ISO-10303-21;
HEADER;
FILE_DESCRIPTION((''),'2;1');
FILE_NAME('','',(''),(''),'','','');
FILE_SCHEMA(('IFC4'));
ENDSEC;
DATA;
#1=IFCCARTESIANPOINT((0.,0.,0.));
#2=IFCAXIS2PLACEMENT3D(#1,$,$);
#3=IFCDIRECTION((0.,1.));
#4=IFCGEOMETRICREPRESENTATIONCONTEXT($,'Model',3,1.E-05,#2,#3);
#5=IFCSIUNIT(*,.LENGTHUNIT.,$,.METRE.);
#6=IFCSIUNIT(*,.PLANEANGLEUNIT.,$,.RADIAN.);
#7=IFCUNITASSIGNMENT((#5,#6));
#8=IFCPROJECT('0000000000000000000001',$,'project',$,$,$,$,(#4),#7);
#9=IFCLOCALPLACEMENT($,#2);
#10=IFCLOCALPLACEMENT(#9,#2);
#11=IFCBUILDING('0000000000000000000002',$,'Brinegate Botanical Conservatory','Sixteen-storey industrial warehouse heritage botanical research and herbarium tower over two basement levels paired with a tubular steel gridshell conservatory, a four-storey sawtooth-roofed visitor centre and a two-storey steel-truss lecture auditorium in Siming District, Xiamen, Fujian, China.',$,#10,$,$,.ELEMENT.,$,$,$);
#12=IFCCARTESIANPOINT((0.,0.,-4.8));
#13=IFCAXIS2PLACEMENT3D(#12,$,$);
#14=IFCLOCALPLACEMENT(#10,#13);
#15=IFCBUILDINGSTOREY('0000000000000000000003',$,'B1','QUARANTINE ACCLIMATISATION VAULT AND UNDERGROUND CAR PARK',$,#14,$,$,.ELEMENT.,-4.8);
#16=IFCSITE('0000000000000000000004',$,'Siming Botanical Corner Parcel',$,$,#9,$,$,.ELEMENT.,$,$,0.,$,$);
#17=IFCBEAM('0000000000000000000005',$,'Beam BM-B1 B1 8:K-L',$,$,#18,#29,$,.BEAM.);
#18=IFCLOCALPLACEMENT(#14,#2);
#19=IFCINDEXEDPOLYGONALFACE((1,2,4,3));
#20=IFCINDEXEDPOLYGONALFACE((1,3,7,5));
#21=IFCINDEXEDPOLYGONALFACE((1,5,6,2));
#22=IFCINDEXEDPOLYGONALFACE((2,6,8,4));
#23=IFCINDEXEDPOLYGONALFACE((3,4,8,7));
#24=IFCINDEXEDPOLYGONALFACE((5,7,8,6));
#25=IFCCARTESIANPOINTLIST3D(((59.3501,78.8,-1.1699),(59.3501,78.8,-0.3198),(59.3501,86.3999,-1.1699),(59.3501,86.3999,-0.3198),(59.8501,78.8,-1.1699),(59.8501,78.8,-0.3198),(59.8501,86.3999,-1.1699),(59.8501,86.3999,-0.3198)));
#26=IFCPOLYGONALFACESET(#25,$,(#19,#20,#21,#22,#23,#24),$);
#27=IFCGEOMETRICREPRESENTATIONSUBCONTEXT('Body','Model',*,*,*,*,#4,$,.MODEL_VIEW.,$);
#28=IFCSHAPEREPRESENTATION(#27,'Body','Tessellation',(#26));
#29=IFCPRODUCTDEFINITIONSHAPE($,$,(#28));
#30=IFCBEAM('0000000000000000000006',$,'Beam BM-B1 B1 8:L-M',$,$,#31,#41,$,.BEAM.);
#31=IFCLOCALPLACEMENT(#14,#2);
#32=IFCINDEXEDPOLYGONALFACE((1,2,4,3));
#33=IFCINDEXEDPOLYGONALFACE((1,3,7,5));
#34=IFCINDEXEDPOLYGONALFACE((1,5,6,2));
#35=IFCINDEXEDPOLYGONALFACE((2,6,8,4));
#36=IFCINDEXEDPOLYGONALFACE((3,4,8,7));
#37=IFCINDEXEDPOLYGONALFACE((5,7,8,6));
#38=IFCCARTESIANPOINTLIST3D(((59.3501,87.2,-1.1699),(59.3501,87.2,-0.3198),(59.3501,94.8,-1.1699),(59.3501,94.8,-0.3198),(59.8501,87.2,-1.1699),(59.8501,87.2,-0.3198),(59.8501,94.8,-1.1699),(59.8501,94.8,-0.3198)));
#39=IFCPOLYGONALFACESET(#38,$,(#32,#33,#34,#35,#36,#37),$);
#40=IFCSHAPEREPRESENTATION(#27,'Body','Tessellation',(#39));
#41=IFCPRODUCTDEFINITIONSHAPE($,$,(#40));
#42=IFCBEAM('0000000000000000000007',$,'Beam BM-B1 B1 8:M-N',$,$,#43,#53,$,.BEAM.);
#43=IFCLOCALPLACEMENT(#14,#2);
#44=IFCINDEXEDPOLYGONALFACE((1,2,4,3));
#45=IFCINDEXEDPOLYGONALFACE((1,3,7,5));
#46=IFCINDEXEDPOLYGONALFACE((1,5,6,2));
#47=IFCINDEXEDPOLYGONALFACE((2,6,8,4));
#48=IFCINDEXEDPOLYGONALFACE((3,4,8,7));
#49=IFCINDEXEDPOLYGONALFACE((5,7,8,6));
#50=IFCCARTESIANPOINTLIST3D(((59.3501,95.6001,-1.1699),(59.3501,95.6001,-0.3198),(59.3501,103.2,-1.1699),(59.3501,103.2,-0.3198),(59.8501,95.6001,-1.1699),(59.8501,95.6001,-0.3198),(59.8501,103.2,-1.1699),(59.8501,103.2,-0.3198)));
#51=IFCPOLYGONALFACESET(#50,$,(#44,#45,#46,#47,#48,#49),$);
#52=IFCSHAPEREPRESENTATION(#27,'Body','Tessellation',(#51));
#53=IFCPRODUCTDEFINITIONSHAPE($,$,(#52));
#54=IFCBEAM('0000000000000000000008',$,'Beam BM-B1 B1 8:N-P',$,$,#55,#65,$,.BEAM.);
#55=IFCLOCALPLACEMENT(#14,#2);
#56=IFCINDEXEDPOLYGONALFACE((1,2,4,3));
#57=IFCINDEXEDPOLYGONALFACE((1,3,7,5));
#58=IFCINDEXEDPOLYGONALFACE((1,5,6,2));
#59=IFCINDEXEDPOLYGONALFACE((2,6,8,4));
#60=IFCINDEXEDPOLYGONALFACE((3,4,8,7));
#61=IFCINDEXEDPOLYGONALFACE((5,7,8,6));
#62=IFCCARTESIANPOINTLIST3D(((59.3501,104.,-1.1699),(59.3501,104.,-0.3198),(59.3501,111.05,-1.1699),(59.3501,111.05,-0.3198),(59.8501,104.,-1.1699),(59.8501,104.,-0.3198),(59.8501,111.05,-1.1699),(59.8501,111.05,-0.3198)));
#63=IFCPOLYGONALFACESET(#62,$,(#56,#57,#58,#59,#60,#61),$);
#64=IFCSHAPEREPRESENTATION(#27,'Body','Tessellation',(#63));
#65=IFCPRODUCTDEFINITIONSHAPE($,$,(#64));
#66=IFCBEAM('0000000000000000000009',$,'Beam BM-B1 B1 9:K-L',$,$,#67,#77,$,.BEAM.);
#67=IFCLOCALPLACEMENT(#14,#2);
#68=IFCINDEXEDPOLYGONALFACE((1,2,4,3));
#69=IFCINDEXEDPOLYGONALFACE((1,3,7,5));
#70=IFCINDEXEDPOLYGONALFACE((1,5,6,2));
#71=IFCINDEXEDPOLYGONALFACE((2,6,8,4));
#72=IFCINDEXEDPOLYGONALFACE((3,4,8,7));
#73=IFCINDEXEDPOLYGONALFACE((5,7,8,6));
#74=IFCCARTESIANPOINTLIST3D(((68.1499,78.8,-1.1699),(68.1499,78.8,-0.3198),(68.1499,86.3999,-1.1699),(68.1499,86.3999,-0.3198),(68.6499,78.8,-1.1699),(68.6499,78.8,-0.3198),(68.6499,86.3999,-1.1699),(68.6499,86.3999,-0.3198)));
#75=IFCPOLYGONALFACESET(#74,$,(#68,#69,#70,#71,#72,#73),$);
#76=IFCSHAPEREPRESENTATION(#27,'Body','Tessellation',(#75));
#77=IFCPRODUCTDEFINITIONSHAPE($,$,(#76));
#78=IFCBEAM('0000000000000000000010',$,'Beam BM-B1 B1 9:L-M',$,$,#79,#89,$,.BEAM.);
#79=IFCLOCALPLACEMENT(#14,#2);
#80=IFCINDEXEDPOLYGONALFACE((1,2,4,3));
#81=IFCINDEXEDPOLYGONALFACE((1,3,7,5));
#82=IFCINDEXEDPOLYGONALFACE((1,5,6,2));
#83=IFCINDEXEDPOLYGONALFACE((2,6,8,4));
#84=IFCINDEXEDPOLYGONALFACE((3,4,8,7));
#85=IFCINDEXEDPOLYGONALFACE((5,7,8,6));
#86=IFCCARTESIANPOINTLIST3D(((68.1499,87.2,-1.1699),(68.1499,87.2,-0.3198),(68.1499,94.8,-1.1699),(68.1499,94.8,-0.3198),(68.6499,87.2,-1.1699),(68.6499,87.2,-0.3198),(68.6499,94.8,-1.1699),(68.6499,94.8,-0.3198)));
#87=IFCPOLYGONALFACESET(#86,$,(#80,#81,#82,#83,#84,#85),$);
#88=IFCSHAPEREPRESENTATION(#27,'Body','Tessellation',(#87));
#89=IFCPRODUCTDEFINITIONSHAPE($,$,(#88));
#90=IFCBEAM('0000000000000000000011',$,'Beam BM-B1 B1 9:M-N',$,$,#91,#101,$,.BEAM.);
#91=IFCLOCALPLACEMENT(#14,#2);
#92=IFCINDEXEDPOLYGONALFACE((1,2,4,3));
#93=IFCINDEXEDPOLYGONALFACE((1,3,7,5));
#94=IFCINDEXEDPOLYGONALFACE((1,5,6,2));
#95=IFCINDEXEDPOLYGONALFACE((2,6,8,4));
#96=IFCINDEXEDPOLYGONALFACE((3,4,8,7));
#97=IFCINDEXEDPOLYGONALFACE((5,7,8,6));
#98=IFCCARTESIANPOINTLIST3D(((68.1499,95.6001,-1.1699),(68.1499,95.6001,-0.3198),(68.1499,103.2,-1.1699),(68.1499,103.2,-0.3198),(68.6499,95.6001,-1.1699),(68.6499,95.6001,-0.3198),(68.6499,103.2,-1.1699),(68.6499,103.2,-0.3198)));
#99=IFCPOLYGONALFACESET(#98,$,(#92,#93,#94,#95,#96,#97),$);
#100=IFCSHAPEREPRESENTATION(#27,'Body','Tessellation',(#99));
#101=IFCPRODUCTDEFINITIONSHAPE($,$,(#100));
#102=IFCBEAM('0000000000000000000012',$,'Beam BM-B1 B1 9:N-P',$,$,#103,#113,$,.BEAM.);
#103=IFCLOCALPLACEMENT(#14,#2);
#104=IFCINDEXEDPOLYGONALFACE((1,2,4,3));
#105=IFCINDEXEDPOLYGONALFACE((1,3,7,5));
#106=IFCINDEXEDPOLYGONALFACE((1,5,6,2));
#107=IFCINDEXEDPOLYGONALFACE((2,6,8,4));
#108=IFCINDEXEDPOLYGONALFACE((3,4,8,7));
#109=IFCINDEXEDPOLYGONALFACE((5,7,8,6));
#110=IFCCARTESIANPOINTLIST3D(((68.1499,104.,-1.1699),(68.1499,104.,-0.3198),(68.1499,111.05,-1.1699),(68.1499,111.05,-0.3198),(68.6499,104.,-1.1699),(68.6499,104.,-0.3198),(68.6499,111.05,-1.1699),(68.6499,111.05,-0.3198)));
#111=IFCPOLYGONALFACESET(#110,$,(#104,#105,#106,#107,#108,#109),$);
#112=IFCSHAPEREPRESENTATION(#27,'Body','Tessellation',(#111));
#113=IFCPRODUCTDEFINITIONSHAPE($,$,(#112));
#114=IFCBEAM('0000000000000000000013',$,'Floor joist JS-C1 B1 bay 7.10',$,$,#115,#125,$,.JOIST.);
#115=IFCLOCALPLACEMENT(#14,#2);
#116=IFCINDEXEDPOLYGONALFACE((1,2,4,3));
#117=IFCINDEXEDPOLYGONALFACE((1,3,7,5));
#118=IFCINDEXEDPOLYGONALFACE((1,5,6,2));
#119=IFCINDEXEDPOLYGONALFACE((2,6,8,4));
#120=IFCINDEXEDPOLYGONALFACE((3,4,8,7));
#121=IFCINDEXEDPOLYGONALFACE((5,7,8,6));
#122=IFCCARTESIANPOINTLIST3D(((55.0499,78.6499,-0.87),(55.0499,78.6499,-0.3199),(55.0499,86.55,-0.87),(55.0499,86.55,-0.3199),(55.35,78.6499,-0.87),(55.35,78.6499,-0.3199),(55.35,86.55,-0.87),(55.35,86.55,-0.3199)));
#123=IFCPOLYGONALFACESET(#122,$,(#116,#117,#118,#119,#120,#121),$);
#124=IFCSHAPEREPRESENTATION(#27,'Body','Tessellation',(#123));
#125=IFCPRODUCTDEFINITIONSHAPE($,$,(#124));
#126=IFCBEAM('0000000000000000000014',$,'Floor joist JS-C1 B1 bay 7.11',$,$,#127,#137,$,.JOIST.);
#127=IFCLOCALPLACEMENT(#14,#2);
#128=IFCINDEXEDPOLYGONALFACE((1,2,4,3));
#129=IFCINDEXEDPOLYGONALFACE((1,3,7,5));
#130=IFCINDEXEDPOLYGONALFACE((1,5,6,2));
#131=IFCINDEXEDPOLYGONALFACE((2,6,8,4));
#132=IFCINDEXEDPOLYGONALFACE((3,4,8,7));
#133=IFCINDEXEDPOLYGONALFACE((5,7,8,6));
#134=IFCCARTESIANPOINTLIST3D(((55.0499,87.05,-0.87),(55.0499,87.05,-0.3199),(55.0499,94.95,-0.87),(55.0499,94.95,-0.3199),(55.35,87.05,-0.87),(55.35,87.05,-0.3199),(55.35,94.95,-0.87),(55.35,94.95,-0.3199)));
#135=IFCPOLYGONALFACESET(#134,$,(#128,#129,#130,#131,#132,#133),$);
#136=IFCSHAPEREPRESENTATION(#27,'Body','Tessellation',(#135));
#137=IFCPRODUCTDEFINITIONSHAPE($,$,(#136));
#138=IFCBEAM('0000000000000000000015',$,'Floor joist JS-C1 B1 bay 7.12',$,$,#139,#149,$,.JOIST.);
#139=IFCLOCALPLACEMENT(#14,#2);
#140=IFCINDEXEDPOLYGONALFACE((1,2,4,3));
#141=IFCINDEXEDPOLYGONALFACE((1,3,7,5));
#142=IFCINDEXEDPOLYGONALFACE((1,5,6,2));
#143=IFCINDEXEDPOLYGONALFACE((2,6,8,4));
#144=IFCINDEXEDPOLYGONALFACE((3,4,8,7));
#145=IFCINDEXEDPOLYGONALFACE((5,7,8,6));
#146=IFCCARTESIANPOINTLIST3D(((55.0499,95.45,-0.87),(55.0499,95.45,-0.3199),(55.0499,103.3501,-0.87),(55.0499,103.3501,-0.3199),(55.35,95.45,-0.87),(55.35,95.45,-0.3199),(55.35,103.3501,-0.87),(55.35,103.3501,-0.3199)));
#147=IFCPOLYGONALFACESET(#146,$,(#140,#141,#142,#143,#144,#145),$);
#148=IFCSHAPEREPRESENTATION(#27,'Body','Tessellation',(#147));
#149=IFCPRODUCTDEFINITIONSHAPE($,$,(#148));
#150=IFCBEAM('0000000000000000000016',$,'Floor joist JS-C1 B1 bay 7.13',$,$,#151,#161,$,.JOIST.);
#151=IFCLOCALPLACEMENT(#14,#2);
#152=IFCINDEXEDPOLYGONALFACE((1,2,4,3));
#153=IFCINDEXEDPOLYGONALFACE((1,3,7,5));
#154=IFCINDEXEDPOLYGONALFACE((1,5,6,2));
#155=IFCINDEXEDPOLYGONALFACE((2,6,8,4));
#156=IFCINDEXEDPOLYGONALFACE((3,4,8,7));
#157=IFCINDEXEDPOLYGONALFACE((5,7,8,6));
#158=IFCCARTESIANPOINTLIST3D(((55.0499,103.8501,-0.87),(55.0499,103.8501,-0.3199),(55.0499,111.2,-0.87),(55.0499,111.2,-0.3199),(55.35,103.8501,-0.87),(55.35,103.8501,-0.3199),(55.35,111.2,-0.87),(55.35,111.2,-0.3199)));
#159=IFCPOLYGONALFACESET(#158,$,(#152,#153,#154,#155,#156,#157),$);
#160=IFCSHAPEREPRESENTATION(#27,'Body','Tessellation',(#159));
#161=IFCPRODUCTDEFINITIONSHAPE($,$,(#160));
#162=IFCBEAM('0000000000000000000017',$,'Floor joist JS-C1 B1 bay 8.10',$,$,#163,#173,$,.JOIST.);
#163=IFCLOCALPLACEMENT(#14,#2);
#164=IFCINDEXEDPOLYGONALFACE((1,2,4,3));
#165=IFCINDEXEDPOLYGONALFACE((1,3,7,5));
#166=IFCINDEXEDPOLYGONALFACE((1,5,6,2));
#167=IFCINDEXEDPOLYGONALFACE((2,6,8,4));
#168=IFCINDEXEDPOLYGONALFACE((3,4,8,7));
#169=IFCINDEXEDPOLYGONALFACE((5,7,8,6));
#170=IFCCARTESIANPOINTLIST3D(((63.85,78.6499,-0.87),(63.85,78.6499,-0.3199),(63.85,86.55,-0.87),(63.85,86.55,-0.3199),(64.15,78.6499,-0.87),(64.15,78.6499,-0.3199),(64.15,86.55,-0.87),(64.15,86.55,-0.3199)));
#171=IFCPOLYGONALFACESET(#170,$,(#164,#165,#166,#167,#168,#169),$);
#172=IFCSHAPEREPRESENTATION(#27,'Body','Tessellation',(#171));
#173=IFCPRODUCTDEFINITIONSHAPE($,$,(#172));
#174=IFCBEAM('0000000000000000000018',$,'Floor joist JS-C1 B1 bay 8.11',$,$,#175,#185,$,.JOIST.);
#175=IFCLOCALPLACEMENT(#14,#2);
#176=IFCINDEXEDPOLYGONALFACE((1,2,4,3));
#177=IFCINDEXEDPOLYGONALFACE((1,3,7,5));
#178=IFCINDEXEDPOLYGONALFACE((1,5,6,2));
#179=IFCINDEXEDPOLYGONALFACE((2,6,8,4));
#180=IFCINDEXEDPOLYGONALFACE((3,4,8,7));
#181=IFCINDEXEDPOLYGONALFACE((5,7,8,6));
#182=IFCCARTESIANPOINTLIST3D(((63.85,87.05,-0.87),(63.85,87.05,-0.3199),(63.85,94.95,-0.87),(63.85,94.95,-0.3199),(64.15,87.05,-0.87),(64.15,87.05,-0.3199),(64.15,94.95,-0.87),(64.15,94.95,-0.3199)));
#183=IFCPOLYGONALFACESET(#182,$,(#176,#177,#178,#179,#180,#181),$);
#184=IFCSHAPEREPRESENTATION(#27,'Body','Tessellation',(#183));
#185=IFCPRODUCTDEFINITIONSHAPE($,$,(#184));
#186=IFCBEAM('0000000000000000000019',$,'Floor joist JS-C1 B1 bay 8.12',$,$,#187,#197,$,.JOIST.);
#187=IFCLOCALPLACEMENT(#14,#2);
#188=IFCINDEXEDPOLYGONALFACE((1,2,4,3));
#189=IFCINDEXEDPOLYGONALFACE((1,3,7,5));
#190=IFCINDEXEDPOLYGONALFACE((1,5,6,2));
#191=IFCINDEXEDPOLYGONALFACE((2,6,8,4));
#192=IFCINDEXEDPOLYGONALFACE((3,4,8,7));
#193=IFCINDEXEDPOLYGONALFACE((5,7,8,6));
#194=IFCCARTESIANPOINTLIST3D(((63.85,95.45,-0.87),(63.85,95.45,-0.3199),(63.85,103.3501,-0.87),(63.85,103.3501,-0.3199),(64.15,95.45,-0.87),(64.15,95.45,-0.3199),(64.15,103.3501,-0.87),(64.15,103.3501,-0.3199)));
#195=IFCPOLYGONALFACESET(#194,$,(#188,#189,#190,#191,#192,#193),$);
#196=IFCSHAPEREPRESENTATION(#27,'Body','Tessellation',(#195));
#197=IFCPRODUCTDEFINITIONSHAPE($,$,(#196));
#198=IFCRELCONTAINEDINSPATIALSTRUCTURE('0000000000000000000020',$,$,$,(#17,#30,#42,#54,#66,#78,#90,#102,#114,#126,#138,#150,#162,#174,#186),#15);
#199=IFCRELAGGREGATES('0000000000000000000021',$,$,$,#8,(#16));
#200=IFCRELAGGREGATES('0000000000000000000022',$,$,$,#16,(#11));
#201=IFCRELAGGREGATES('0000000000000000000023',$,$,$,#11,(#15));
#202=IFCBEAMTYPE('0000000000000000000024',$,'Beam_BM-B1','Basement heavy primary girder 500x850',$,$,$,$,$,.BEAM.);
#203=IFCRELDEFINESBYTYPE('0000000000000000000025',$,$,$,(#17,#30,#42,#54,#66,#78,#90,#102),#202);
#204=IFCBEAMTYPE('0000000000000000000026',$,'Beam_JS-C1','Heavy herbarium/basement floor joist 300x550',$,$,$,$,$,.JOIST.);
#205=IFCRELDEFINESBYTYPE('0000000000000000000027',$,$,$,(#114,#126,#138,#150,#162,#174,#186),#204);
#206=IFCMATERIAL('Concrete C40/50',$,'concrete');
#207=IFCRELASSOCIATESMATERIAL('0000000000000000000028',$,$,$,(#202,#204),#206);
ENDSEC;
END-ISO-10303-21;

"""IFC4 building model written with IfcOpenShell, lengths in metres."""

from ifc_helpers import new_model, si_unit, direction, frame, origin, origin_2d, place, context, subcontext, project, spatial, rectangle, extrude, material, material_profile, profile_set, type_object, element, save


model = new_model("IFC4")

# Units and contexts
model_context = context("Model", 3, precision=1e-05, world=origin(), true_north=direction((0.0, 1.0)))
body_context = subcontext(model_context, "Body", "Model", "MODEL_VIEW")
ifc_project = project(units=[si_unit("LENGTHUNIT", "METRE"), si_unit("PLANEANGLEUNIT", "RADIAN")], contexts=[model_context])

# Site, building, storey
site_placement = place(None, origin())
site = spatial("IfcSite", under=ifc_project, at=site_placement, Name="Siming Botanical Corner Parcel", CompositionType="ELEMENT", RefElevation=0.0)
building_placement = place(site_placement, origin())
building = spatial("IfcBuilding", under=site, at=building_placement, Name="Brinegate Botanical Conservatory", Description="Sixteen-storey industrial warehouse heritage botanical research and herbarium tower over two basement levels paired with a tubular steel gridshell conservatory, a four-storey sawtooth-roofed visitor centre and a two-storey steel-truss lecture auditorium in Siming District, Xiamen, Fujian, China.", CompositionType="ELEMENT")
storey_placement = place(building_placement, frame((0.0, 0.0, -4.8)))
storey = spatial("IfcBuildingStorey", under=building, at=storey_placement, Name="B1", Description="QUARANTINE ACCLIMATISATION VAULT AND UNDERGROUND CAR PARK", CompositionType="ELEMENT", Elevation=-4.8)

# Shared definitions
ifc_material = material(Name="Concrete C40/50", Category="concrete")

# Beams
ifc_material_profile_1 = material_profile(ifc_material, rectangle(XDim=0.5, YDim=0.8501, at=origin_2d()), Name="RC BM 500x850")
ifc_profile_set_1 = profile_set([ifc_material_profile_1], Name="Concrete C40/50")
beam_type_1 = type_object("IfcBeamType", Name="Beam_BM-B1", Description="Basement heavy primary girder 500x850", PredefinedType="BEAM", material=ifc_profile_set_1)
beam_1_placement = place(storey_placement, frame((59.6001, 78.8, -0.7449), z_axis=(0.0, 1.0, 0.0), x_axis=(-1.0, 0.0, 0.0)))
element("IfcBeam", 1, at=beam_1_placement, inside=storey, type_object=beam_type_1, Name="Beam BM-B1 B1 8:K-L", PredefinedType="BEAM", context=body_context, shape_type="SweptSolid", body=[
    extrude(rectangle(XDim=0.5, YDim=0.8501, at=origin_2d()), origin(), (0.0, 0.0, 1.0), 7.5999),
])
beam_2_placement = place(storey_placement, frame((59.6001, 87.2, -0.7449), z_axis=(0.0, 1.0, 0.0), x_axis=(-1.0, 0.0, 0.0)))
element("IfcBeam", 2, at=beam_2_placement, inside=storey, type_object=beam_type_1, Name="Beam BM-B1 B1 8:L-M", PredefinedType="BEAM", context=body_context, shape_type="SweptSolid", body=[
    extrude(rectangle(XDim=0.5, YDim=0.8501, at=origin_2d()), origin(), (0.0, 0.0, 1.0), 7.6001),
])
beam_3_placement = place(storey_placement, frame((59.6001, 95.6001, -0.7449), z_axis=(0.0, 1.0, 0.0), x_axis=(-1.0, 0.0, 0.0)))
element("IfcBeam", 3, at=beam_3_placement, inside=storey, type_object=beam_type_1, Name="Beam BM-B1 B1 8:M-N", PredefinedType="BEAM", context=body_context, shape_type="SweptSolid", body=[
    extrude(rectangle(XDim=0.5, YDim=0.8501, at=origin_2d()), origin(), (0.0, 0.0, 1.0), 7.5999),
])
beam_4_placement = place(storey_placement, frame((59.6001, 104.0, -0.7449), z_axis=(0.0, 1.0, 0.0), x_axis=(-1.0, 0.0, 0.0)))
element("IfcBeam", 4, at=beam_4_placement, inside=storey, type_object=beam_type_1, Name="Beam BM-B1 B1 8:N-P", PredefinedType="BEAM", context=body_context, shape_type="SweptSolid", body=[
    extrude(rectangle(XDim=0.5, YDim=0.8501, at=origin_2d()), origin(), (0.0, 0.0, 1.0), 7.05),
])
beam_5_placement = place(storey_placement, frame((68.3999, 78.8, -0.7449), z_axis=(0.0, 1.0, 0.0), x_axis=(-1.0, 0.0, 0.0)))
element("IfcBeam", 5, at=beam_5_placement, inside=storey, type_object=beam_type_1, Name="Beam BM-B1 B1 9:K-L", PredefinedType="BEAM", context=body_context, shape_type="SweptSolid", body=[
    extrude(rectangle(XDim=0.5, YDim=0.8501, at=origin_2d()), origin(), (0.0, 0.0, 1.0), 7.5999),
])
beam_6_placement = place(storey_placement, frame((68.3999, 87.2, -0.7449), z_axis=(0.0, 1.0, 0.0), x_axis=(-1.0, 0.0, 0.0)))
element("IfcBeam", 6, at=beam_6_placement, inside=storey, type_object=beam_type_1, Name="Beam BM-B1 B1 9:L-M", PredefinedType="BEAM", context=body_context, shape_type="SweptSolid", body=[
    extrude(rectangle(XDim=0.5, YDim=0.8501, at=origin_2d()), origin(), (0.0, 0.0, 1.0), 7.6001),
])
beam_7_placement = place(storey_placement, frame((68.3999, 95.6001, -0.7449), z_axis=(0.0, 1.0, 0.0), x_axis=(-1.0, 0.0, 0.0)))
element("IfcBeam", 7, at=beam_7_placement, inside=storey, type_object=beam_type_1, Name="Beam BM-B1 B1 9:M-N", PredefinedType="BEAM", context=body_context, shape_type="SweptSolid", body=[
    extrude(rectangle(XDim=0.5, YDim=0.8501, at=origin_2d()), origin(), (0.0, 0.0, 1.0), 7.5999),
])
beam_8_placement = place(storey_placement, frame((68.3999, 104.0, -0.7449), z_axis=(0.0, 1.0, 0.0), x_axis=(-1.0, 0.0, 0.0)))
element("IfcBeam", 8, at=beam_8_placement, inside=storey, type_object=beam_type_1, Name="Beam BM-B1 B1 9:N-P", PredefinedType="BEAM", context=body_context, shape_type="SweptSolid", body=[
    extrude(rectangle(XDim=0.5, YDim=0.8501, at=origin_2d()), origin(), (0.0, 0.0, 1.0), 7.05),
])
ifc_material_profile_2 = material_profile(ifc_material, rectangle(XDim=0.3, YDim=0.55, at=origin_2d()), Name="RC JST 300x550")
ifc_profile_set_2 = profile_set([ifc_material_profile_2], Name="Concrete C40/50")
beam_type_2 = type_object("IfcBeamType", Name="Beam_JS-C1", Description="Heavy herbarium/basement floor joist 300x550", PredefinedType="JOIST", material=ifc_profile_set_2)
beam_9_placement = place(storey_placement, frame((55.2, 78.6499, -0.595), z_axis=(0.0, 1.0, 0.0), x_axis=(-1.0, 0.0, 0.0)))
element("IfcBeam", 9, at=beam_9_placement, inside=storey, type_object=beam_type_2, Name="Floor joist JS-C1 B1 bay 7.10", PredefinedType="JOIST", context=body_context, shape_type="SweptSolid", body=[
    extrude(rectangle(XDim=0.3, YDim=0.55, at=origin_2d()), origin(), (0.0, 0.0, 1.0), 7.9001),
])
beam_10_placement = place(storey_placement, frame((55.2, 87.05, -0.595), z_axis=(0.0, 1.0, 0.0), x_axis=(-1.0, 0.0, 0.0)))
element("IfcBeam", 10, at=beam_10_placement, inside=storey, type_object=beam_type_2, Name="Floor joist JS-C1 B1 bay 7.11", PredefinedType="JOIST", context=body_context, shape_type="SweptSolid", body=[
    extrude(rectangle(XDim=0.3, YDim=0.55, at=origin_2d()), origin(), (0.0, 0.0, 1.0), 7.8999),
])
beam_11_placement = place(storey_placement, frame((55.2, 95.45, -0.595), z_axis=(0.0, 1.0, 0.0), x_axis=(-1.0, 0.0, 0.0)))
element("IfcBeam", 11, at=beam_11_placement, inside=storey, type_object=beam_type_2, Name="Floor joist JS-C1 B1 bay 7.12", PredefinedType="JOIST", context=body_context, shape_type="SweptSolid", body=[
    extrude(rectangle(XDim=0.3, YDim=0.55, at=origin_2d()), origin(), (0.0, 0.0, 1.0), 7.9001),
])
beam_12_placement = place(storey_placement, frame((55.2, 103.8501, -0.595), z_axis=(0.0, 1.0, 0.0), x_axis=(-1.0, 0.0, 0.0)))
element("IfcBeam", 12, at=beam_12_placement, inside=storey, type_object=beam_type_2, Name="Floor joist JS-C1 B1 bay 7.13", PredefinedType="JOIST", context=body_context, shape_type="SweptSolid", body=[
    extrude(rectangle(XDim=0.3, YDim=0.55, at=origin_2d()), origin(), (0.0, 0.0, 1.0), 7.3499),
])
beam_13_placement = place(storey_placement, frame((64.0, 78.6499, -0.595), z_axis=(0.0, 1.0, 0.0), x_axis=(-1.0, 0.0, 0.0)))
element("IfcBeam", 13, at=beam_13_placement, inside=storey, type_object=beam_type_2, Name="Floor joist JS-C1 B1 bay 8.10", PredefinedType="JOIST", context=body_context, shape_type="SweptSolid", body=[
    extrude(rectangle(XDim=0.3, YDim=0.55, at=origin_2d()), origin(), (0.0, 0.0, 1.0), 7.9001),
])
beam_14_placement = place(storey_placement, frame((64.0, 87.05, -0.595), z_axis=(0.0, 1.0, 0.0), x_axis=(-1.0, 0.0, 0.0)))
element("IfcBeam", 14, at=beam_14_placement, inside=storey, type_object=beam_type_2, Name="Floor joist JS-C1 B1 bay 8.11", PredefinedType="JOIST", context=body_context, shape_type="SweptSolid", body=[
    extrude(rectangle(XDim=0.3, YDim=0.55, at=origin_2d()), origin(), (0.0, 0.0, 1.0), 7.8999),
])
beam_15_placement = place(storey_placement, frame((64.0, 95.45, -0.595), z_axis=(0.0, 1.0, 0.0), x_axis=(-1.0, 0.0, 0.0)))
element("IfcBeam", 15, at=beam_15_placement, inside=storey, type_object=beam_type_2, Name="Floor joist JS-C1 B1 bay 8.12", PredefinedType="JOIST", context=body_context, shape_type="SweptSolid", body=[
    extrude(rectangle(XDim=0.3, YDim=0.55, at=origin_2d()), origin(), (0.0, 0.0, 1.0), 7.9001),
])

save(model, "model.ifc")
